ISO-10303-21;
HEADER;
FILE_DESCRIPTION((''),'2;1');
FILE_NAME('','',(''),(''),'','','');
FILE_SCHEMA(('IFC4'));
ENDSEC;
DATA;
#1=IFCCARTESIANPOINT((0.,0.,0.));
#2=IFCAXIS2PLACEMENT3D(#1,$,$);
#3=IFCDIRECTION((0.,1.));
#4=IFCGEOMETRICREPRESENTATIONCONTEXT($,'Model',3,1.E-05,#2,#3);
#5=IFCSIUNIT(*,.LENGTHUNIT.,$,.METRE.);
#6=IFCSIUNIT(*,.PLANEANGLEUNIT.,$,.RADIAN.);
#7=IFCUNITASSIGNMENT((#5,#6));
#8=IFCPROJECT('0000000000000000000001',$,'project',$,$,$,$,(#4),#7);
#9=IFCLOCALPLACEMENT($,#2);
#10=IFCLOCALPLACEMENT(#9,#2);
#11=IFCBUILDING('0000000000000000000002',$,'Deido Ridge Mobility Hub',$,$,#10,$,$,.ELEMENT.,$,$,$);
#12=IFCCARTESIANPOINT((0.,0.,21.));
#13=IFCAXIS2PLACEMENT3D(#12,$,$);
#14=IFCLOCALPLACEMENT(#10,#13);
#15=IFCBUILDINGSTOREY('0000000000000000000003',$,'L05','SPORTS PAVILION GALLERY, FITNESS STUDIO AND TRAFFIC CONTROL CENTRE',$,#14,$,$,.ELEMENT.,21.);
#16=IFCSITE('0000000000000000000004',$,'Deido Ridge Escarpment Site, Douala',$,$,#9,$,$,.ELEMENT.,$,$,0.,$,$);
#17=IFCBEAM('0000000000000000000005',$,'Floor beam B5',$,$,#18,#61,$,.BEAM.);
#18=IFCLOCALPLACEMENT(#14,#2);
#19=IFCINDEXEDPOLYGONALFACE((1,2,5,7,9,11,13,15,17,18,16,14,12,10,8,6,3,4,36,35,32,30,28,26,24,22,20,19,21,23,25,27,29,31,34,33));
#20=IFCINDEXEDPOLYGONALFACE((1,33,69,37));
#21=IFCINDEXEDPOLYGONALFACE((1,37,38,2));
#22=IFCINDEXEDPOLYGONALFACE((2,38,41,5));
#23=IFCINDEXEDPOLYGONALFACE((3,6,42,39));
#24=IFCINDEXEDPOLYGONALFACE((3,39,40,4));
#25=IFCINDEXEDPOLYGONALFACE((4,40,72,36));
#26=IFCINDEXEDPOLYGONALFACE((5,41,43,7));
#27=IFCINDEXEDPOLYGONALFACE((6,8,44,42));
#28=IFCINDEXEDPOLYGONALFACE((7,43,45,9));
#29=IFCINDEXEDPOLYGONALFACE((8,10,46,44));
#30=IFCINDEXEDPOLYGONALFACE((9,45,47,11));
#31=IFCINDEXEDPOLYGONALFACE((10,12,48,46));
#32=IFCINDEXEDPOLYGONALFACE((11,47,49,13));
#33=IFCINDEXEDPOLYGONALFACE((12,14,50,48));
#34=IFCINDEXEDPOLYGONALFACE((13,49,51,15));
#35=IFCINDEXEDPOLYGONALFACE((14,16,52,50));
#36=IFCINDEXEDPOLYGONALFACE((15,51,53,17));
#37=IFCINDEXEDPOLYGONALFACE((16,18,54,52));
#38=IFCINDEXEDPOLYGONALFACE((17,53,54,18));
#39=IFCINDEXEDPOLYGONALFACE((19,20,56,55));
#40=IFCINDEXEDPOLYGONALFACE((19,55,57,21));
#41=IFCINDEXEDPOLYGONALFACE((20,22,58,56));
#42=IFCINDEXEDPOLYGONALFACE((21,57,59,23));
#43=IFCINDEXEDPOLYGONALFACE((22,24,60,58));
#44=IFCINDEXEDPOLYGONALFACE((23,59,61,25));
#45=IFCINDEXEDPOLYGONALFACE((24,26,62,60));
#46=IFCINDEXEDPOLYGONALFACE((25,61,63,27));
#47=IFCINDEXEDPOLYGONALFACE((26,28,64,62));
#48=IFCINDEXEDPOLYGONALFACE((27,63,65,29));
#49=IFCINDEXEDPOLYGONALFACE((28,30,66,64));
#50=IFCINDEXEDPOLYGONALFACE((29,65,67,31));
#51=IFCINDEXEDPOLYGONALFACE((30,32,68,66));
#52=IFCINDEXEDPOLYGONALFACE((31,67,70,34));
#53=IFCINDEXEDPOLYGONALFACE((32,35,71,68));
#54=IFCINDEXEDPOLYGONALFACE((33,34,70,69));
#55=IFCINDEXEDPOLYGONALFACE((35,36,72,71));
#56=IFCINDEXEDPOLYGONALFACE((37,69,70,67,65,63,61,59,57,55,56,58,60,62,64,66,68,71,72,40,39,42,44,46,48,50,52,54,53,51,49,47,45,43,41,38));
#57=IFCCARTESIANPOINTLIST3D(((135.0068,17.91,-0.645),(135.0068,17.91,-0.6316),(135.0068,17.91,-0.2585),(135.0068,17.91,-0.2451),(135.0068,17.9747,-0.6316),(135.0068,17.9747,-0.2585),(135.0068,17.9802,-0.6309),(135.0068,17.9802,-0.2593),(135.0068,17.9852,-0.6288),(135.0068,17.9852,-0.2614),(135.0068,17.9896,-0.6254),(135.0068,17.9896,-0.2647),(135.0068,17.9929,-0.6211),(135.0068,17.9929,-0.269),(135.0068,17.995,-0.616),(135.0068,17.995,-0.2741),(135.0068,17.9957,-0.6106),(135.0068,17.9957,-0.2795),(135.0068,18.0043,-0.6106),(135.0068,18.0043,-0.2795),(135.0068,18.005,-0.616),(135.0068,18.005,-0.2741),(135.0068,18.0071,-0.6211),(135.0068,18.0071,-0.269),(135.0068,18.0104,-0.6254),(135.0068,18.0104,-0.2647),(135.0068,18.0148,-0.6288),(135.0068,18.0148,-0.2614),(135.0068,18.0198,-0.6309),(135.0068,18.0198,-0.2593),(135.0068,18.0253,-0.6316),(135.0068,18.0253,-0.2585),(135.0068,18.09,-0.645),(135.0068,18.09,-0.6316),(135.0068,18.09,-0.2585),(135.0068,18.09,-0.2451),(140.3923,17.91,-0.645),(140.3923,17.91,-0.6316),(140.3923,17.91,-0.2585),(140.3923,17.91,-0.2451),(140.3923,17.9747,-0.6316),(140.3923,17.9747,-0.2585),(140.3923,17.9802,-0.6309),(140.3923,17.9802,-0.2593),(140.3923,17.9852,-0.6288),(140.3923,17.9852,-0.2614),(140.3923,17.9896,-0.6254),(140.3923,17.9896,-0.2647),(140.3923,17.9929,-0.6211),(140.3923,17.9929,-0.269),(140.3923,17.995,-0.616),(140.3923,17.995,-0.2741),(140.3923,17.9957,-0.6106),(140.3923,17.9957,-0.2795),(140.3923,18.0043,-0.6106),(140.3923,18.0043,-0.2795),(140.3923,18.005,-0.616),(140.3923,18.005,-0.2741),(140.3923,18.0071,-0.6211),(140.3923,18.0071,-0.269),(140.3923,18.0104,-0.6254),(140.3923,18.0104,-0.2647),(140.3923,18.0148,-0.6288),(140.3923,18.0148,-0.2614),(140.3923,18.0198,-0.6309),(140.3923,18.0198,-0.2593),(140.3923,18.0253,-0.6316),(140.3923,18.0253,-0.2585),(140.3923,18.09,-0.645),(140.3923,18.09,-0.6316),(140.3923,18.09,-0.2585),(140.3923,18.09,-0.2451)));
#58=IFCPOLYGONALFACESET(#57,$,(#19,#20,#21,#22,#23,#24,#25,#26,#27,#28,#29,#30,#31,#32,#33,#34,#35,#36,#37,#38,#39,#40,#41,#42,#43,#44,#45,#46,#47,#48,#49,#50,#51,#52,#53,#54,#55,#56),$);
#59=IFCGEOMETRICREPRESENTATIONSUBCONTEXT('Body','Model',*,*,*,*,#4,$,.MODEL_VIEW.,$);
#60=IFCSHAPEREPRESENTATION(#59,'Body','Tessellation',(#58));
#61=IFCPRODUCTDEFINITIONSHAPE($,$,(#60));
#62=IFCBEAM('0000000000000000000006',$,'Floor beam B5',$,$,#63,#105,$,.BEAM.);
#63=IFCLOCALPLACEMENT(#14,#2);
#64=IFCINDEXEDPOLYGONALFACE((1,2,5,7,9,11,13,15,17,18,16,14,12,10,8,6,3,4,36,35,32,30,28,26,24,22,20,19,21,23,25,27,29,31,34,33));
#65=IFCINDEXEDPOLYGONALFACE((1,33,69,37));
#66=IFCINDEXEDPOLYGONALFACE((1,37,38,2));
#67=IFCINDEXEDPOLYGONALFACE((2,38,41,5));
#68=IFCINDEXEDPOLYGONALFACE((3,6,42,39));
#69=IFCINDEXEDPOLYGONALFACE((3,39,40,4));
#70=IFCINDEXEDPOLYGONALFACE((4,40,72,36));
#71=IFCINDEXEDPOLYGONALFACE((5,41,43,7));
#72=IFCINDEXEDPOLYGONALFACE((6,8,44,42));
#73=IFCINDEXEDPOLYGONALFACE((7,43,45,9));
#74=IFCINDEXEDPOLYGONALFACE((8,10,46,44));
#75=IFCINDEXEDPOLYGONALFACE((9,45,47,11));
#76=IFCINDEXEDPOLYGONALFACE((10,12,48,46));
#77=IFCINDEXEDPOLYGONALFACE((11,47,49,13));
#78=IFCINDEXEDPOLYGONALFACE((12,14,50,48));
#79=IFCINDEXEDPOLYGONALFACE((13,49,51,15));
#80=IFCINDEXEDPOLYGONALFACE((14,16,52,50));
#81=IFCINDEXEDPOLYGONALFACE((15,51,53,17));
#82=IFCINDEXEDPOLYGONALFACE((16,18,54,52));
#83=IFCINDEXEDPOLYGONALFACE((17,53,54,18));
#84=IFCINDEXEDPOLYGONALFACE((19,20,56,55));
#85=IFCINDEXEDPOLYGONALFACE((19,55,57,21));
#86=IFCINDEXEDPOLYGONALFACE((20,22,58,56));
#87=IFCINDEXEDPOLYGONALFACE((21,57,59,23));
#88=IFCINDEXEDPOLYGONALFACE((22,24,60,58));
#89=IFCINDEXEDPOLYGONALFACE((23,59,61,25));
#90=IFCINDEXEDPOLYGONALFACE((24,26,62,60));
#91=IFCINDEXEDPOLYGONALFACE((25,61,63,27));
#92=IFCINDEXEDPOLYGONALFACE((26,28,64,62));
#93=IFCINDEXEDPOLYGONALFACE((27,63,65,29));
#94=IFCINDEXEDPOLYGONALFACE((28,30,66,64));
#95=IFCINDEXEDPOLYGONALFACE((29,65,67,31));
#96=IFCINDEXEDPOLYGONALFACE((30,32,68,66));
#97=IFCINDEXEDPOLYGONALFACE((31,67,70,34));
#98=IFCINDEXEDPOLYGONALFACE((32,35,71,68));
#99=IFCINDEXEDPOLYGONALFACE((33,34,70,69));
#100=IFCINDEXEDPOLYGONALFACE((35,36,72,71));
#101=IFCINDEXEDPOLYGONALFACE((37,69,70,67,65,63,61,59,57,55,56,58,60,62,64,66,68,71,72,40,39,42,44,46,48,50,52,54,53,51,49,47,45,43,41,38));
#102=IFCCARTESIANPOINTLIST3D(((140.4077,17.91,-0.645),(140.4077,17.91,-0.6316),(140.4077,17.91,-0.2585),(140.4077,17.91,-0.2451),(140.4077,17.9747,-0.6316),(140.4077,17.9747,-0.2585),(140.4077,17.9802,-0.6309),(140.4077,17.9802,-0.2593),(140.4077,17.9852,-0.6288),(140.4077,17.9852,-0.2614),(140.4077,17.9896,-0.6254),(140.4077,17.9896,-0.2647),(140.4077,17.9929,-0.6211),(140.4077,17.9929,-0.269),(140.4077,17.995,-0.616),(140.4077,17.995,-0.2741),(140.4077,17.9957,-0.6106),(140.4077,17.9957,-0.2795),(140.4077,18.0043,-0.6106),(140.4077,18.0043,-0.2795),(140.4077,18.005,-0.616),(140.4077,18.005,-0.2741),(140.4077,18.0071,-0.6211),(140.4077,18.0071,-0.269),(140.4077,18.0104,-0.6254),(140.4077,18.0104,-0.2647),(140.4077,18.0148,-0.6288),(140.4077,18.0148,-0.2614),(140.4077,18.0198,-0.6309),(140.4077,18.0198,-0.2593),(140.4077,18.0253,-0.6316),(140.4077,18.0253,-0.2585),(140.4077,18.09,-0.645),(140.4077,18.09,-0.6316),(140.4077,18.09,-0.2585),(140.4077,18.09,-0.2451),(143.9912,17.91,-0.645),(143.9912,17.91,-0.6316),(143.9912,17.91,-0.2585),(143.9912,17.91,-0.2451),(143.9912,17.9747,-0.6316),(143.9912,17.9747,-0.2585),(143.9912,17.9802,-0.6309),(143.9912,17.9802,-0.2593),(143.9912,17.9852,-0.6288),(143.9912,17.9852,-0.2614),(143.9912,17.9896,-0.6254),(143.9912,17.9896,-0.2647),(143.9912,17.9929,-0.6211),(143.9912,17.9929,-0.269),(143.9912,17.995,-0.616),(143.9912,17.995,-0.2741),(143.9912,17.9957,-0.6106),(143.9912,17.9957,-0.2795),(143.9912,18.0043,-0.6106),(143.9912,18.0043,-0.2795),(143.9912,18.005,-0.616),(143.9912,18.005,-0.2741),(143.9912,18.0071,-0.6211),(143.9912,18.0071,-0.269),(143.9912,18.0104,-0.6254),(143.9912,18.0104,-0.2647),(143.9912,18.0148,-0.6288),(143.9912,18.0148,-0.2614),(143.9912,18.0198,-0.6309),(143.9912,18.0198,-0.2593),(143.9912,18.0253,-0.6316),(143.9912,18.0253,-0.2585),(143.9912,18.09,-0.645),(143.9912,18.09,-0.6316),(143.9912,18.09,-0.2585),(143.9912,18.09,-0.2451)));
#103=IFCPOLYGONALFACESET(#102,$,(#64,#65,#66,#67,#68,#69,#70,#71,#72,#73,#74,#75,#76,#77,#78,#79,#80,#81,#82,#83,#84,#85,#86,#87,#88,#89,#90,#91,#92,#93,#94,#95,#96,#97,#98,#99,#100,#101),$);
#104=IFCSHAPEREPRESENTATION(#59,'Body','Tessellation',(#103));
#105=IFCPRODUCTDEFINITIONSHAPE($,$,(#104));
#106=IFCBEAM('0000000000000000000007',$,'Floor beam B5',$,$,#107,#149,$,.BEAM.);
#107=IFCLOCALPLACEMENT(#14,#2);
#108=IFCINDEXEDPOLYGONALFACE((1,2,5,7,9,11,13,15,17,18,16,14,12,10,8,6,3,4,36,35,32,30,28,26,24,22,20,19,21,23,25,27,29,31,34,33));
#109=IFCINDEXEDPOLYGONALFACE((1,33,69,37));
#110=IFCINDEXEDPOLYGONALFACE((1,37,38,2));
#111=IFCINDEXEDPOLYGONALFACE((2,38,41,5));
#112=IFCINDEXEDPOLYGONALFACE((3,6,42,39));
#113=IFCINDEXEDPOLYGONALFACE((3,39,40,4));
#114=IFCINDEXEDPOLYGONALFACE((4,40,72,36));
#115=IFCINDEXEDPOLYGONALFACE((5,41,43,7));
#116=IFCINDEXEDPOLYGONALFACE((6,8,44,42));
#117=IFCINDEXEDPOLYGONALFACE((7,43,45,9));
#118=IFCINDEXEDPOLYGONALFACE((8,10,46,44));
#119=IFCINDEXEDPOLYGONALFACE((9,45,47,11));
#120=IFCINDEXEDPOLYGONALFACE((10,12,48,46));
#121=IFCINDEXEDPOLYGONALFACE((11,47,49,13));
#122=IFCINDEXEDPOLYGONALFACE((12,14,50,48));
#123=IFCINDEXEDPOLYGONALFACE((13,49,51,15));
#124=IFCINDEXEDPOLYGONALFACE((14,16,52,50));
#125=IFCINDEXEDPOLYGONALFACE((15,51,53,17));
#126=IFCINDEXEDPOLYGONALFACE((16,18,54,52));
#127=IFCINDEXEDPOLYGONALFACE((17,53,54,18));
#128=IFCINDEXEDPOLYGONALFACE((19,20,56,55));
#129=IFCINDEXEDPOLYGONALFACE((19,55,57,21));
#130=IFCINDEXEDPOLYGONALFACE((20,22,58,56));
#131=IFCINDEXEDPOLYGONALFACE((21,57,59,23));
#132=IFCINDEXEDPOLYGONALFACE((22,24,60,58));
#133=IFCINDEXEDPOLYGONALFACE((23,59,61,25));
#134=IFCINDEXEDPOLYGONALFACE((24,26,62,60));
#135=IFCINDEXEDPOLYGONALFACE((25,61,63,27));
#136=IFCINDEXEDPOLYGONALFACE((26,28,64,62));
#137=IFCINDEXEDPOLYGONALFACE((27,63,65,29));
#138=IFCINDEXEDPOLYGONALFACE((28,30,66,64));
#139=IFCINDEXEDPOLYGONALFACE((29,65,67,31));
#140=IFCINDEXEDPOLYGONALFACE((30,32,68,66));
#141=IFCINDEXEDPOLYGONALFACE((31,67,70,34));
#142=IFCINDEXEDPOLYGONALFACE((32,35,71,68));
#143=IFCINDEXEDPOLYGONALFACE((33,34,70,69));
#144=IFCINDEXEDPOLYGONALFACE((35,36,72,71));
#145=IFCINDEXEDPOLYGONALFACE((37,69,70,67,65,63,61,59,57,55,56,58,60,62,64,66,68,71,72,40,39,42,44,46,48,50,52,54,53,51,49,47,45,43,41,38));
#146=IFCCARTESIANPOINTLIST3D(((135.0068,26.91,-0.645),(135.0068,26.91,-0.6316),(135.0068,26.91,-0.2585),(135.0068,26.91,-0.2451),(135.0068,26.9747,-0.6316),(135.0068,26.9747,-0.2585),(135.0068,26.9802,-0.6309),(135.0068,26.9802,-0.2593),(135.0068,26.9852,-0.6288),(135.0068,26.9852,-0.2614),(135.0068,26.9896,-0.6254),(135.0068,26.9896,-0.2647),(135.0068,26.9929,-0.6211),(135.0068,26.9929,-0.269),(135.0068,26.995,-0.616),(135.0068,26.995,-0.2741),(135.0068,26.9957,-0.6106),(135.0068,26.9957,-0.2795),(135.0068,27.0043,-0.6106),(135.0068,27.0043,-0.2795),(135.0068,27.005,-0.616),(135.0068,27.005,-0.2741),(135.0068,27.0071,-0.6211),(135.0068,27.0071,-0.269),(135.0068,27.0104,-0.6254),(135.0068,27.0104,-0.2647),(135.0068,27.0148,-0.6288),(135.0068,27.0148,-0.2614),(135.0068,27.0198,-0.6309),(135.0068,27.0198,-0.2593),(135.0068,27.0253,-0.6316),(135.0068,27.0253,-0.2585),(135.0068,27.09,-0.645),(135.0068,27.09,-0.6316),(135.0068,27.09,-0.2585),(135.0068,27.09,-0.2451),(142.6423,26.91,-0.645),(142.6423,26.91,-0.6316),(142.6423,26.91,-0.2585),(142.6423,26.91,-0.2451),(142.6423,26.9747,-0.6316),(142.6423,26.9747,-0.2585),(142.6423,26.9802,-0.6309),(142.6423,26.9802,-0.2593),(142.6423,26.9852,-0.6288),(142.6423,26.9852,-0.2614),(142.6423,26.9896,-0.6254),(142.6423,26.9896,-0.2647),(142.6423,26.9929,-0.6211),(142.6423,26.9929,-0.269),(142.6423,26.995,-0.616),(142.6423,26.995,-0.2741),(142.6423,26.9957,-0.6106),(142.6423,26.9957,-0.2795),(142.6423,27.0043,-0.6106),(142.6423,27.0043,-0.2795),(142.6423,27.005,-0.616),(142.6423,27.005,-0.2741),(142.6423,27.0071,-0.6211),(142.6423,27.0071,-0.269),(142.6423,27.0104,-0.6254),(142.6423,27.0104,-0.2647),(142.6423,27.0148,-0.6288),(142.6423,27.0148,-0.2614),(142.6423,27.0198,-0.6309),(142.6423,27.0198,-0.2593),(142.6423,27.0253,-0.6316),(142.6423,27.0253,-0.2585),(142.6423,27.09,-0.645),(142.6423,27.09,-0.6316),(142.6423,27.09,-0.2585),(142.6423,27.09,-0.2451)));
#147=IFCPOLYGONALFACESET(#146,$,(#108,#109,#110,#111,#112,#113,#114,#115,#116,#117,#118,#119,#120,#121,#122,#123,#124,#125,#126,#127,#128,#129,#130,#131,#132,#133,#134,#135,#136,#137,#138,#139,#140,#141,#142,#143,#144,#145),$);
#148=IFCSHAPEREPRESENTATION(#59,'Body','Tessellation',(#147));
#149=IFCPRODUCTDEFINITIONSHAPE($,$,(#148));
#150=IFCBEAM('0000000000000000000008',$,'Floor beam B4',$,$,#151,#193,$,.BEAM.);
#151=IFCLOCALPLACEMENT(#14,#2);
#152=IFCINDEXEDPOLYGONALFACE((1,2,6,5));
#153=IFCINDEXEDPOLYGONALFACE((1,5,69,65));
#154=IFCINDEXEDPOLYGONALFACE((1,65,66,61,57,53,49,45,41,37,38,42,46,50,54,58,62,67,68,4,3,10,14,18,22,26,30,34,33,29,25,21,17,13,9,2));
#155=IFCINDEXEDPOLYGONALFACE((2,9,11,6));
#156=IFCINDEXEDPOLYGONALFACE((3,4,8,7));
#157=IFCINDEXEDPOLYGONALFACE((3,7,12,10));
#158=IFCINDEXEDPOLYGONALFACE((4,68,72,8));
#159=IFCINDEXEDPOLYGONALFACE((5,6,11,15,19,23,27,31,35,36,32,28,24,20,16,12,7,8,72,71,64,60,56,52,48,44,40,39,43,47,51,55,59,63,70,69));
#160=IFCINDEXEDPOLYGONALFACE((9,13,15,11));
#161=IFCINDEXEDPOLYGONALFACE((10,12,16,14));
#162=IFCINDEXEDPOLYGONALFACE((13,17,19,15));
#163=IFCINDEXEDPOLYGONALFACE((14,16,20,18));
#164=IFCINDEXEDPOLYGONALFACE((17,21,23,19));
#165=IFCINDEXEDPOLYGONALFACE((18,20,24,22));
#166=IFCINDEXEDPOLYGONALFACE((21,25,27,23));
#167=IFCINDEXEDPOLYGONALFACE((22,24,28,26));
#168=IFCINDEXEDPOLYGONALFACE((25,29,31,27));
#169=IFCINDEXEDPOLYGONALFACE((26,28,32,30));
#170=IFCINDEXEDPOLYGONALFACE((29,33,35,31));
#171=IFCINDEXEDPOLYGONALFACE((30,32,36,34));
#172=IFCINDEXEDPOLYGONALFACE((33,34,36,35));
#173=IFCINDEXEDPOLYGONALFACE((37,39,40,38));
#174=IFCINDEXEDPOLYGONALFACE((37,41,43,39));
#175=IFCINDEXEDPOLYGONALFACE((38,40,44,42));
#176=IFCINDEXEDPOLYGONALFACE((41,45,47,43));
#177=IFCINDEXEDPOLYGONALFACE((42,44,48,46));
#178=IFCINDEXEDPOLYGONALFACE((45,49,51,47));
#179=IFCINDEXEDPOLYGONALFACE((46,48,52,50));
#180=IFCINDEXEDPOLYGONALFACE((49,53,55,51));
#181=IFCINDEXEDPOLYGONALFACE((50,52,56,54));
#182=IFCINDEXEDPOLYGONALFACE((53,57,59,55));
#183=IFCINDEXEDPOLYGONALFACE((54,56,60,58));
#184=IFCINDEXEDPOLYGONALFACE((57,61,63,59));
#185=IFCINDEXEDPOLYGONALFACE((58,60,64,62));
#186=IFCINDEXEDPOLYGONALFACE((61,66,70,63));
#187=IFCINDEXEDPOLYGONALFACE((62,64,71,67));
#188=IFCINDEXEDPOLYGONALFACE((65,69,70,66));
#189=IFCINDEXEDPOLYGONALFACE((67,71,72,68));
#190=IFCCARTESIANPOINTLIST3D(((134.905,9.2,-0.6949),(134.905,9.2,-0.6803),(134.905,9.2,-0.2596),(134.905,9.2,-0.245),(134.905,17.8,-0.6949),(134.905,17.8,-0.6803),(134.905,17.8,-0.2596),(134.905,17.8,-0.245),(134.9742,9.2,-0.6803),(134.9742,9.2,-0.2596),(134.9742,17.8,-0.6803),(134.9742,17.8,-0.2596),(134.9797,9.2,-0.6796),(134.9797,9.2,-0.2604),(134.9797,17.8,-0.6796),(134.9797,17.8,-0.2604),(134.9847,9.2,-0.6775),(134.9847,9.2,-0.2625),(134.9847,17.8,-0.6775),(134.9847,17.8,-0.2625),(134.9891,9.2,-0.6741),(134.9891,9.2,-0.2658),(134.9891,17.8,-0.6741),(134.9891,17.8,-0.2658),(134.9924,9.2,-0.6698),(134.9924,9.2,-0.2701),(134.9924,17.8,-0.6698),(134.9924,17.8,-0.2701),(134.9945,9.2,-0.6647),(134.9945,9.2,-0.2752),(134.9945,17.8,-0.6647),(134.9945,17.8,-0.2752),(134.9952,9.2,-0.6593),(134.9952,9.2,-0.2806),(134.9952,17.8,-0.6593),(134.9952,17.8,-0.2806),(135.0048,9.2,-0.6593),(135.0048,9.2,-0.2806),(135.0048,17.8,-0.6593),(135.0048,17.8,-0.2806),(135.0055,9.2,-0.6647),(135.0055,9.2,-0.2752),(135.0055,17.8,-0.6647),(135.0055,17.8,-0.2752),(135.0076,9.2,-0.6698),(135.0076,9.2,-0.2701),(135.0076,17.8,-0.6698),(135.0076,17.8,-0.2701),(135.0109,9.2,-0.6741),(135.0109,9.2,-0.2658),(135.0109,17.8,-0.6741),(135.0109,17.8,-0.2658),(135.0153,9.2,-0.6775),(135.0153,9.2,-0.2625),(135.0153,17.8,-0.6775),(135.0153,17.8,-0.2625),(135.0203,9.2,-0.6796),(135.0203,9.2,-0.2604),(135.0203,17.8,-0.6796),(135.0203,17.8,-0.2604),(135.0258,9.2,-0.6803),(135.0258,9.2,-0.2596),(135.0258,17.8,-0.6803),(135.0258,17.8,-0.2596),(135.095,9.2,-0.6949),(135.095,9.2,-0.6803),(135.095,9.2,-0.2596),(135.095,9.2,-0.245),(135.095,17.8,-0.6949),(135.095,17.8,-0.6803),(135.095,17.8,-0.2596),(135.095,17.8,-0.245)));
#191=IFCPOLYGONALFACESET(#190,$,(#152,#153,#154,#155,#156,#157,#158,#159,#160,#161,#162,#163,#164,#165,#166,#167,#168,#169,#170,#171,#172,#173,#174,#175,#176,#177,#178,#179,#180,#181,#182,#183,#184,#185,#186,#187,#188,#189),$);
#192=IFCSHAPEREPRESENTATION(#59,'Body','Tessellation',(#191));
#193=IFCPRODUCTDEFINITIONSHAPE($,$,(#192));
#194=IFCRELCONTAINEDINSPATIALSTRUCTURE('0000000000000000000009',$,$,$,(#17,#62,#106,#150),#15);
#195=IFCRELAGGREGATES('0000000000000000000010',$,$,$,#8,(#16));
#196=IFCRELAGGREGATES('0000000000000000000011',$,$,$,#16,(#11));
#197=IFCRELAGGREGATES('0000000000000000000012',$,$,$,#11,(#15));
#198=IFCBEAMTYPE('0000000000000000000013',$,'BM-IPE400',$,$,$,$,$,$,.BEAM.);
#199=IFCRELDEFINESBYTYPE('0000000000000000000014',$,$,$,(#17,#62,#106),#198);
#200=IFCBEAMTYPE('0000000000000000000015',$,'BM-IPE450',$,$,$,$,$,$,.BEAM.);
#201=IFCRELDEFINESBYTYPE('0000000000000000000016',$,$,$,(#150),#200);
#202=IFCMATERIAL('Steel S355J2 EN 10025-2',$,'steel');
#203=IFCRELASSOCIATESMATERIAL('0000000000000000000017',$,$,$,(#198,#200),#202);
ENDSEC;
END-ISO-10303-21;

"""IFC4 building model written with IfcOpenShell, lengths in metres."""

from ifc_helpers import new_model, si_unit, direction, frame, origin, origin_2d, place, context, subcontext, project, spatial, i_section, extrude, material, material_profile, profile_set, type_object, element, save


model = new_model("IFC4")

# Units and contexts
model_context = context("Model", 3, precision=1e-05, world=origin(), true_north=direction((0.0, 1.0)))
body_context = subcontext(model_context, "Body", "Model", "MODEL_VIEW")
ifc_project = project(units=[si_unit("LENGTHUNIT", "METRE"), si_unit("PLANEANGLEUNIT", "RADIAN")], contexts=[model_context])

# Site, building, storey
site_placement = place(None, origin())
site = spatial("IfcSite", under=ifc_project, at=site_placement, Name="Deido Ridge Escarpment Site, Douala", CompositionType="ELEMENT", RefElevation=0.0)
building_placement = place(site_placement, origin())
building = spatial("IfcBuilding", under=site, at=building_placement, Name="Deido Ridge Mobility Hub", CompositionType="ELEMENT")
storey_placement = place(building_placement, frame((0.0, 0.0, 21.0)))
storey = spatial("IfcBuildingStorey", under=building, at=storey_placement, Name="L05", Description="SPORTS PAVILION GALLERY, FITNESS STUDIO AND TRAFFIC CONTROL CENTRE", CompositionType="ELEMENT", Elevation=21.0)

# Shared definitions
ifc_material_1 = material(Name="Steel S355J2 EN 10025-2", Category="steel")

# Beams
ifc_material_profile_1 = material_profile(ifc_material_1, i_section(OverallWidth=0.1799, OverallDepth=0.3999, WebThickness=0.0085, FlangeThickness=0.0134, FilletRadius=0.021, at=origin_2d()), Name="IPE 400")
ifc_profile_set_1 = profile_set([ifc_material_profile_1], Name="Steel S355J2 EN 10025-2")
beam_type_1 = type_object("IfcBeamType", Name="BM-IPE400", PredefinedType="BEAM", material=ifc_profile_set_1)
beam_1_placement = place(storey_placement, frame((135.0068, 18.0, -0.4451), z_axis=(1.0, 0.0, 0.0), x_axis=(0.0, 1.0, 0.0)))
element("IfcBeam", 1, at=beam_1_placement, inside=storey, type_object=beam_type_1, Name="Floor beam B5", PredefinedType="BEAM", context=body_context, shape_type="SweptSolid", body=[
    extrude(i_section(OverallWidth=0.1799, OverallDepth=0.3999, WebThickness=0.0085, FlangeThickness=0.0134, FilletRadius=0.021, at=origin_2d()), origin(), (0.0, 0.0, 1.0), 5.3855),
])
beam_2_placement = place(storey_placement, frame((140.4077, 18.0, -0.4451), z_axis=(1.0, 0.0, 0.0), x_axis=(0.0, 1.0, 0.0)))
element("IfcBeam", 2, at=beam_2_placement, inside=storey, type_object=beam_type_1, Name="Floor beam B5", PredefinedType="BEAM", context=body_context, shape_type="SweptSolid", body=[
    extrude(i_section(OverallWidth=0.1799, OverallDepth=0.3999, WebThickness=0.0085, FlangeThickness=0.0134, FilletRadius=0.021, at=origin_2d()), origin(), (0.0, 0.0, 1.0), 3.5835),
])
beam_3_placement = place(storey_placement, frame((135.0068, 27.0, -0.4451), z_axis=(1.0, 0.0, 0.0), x_axis=(0.0, 1.0, 0.0)))
element("IfcBeam", 3, at=beam_3_placement, inside=storey, type_object=beam_type_1, Name="Floor beam B5", PredefinedType="BEAM", context=body_context, shape_type="SweptSolid", body=[
    extrude(i_section(OverallWidth=0.1799, OverallDepth=0.3999, WebThickness=0.0085, FlangeThickness=0.0134, FilletRadius=0.021, at=origin_2d()), origin(), (0.0, 0.0, 1.0), 7.6355),
])
ifc_material_profile_2 = material_profile(ifc_material_1, i_section(OverallWidth=0.1899, OverallDepth=0.45, WebThickness=0.0095, FlangeThickness=0.0146, FilletRadius=0.021, at=origin_2d()), Name="IPE 450")
ifc_profile_set_2 = profile_set([ifc_material_profile_2], Name="Steel S355J2 EN 10025-2")
beam_type_2 = type_object("IfcBeamType", Name="BM-IPE450", PredefinedType="BEAM", material=ifc_profile_set_2)
for number, where, z_axis, x_axis, name in (
    (4, (135.0, 9.2, -0.47), (0.0, 1.0, 0.0), (-1.0, 0.0, 0.0), "Floor beam B4"),
):
    element("IfcBeam", number, at=place(storey_placement, frame(where, z_axis=z_axis, x_axis=x_axis)), inside=storey, type_object=beam_type_2, Name=name, PredefinedType="BEAM", context=body_context, shape_type="SweptSolid", body=[
        extrude(i_section(OverallWidth=0.1899, OverallDepth=0.45, WebThickness=0.0095, FlangeThickness=0.0146, FilletRadius=0.021, at=origin_2d()), origin(), (0.0, 0.0, 1.0), 8.6001),
    ])

save(model, "model.ifc")
